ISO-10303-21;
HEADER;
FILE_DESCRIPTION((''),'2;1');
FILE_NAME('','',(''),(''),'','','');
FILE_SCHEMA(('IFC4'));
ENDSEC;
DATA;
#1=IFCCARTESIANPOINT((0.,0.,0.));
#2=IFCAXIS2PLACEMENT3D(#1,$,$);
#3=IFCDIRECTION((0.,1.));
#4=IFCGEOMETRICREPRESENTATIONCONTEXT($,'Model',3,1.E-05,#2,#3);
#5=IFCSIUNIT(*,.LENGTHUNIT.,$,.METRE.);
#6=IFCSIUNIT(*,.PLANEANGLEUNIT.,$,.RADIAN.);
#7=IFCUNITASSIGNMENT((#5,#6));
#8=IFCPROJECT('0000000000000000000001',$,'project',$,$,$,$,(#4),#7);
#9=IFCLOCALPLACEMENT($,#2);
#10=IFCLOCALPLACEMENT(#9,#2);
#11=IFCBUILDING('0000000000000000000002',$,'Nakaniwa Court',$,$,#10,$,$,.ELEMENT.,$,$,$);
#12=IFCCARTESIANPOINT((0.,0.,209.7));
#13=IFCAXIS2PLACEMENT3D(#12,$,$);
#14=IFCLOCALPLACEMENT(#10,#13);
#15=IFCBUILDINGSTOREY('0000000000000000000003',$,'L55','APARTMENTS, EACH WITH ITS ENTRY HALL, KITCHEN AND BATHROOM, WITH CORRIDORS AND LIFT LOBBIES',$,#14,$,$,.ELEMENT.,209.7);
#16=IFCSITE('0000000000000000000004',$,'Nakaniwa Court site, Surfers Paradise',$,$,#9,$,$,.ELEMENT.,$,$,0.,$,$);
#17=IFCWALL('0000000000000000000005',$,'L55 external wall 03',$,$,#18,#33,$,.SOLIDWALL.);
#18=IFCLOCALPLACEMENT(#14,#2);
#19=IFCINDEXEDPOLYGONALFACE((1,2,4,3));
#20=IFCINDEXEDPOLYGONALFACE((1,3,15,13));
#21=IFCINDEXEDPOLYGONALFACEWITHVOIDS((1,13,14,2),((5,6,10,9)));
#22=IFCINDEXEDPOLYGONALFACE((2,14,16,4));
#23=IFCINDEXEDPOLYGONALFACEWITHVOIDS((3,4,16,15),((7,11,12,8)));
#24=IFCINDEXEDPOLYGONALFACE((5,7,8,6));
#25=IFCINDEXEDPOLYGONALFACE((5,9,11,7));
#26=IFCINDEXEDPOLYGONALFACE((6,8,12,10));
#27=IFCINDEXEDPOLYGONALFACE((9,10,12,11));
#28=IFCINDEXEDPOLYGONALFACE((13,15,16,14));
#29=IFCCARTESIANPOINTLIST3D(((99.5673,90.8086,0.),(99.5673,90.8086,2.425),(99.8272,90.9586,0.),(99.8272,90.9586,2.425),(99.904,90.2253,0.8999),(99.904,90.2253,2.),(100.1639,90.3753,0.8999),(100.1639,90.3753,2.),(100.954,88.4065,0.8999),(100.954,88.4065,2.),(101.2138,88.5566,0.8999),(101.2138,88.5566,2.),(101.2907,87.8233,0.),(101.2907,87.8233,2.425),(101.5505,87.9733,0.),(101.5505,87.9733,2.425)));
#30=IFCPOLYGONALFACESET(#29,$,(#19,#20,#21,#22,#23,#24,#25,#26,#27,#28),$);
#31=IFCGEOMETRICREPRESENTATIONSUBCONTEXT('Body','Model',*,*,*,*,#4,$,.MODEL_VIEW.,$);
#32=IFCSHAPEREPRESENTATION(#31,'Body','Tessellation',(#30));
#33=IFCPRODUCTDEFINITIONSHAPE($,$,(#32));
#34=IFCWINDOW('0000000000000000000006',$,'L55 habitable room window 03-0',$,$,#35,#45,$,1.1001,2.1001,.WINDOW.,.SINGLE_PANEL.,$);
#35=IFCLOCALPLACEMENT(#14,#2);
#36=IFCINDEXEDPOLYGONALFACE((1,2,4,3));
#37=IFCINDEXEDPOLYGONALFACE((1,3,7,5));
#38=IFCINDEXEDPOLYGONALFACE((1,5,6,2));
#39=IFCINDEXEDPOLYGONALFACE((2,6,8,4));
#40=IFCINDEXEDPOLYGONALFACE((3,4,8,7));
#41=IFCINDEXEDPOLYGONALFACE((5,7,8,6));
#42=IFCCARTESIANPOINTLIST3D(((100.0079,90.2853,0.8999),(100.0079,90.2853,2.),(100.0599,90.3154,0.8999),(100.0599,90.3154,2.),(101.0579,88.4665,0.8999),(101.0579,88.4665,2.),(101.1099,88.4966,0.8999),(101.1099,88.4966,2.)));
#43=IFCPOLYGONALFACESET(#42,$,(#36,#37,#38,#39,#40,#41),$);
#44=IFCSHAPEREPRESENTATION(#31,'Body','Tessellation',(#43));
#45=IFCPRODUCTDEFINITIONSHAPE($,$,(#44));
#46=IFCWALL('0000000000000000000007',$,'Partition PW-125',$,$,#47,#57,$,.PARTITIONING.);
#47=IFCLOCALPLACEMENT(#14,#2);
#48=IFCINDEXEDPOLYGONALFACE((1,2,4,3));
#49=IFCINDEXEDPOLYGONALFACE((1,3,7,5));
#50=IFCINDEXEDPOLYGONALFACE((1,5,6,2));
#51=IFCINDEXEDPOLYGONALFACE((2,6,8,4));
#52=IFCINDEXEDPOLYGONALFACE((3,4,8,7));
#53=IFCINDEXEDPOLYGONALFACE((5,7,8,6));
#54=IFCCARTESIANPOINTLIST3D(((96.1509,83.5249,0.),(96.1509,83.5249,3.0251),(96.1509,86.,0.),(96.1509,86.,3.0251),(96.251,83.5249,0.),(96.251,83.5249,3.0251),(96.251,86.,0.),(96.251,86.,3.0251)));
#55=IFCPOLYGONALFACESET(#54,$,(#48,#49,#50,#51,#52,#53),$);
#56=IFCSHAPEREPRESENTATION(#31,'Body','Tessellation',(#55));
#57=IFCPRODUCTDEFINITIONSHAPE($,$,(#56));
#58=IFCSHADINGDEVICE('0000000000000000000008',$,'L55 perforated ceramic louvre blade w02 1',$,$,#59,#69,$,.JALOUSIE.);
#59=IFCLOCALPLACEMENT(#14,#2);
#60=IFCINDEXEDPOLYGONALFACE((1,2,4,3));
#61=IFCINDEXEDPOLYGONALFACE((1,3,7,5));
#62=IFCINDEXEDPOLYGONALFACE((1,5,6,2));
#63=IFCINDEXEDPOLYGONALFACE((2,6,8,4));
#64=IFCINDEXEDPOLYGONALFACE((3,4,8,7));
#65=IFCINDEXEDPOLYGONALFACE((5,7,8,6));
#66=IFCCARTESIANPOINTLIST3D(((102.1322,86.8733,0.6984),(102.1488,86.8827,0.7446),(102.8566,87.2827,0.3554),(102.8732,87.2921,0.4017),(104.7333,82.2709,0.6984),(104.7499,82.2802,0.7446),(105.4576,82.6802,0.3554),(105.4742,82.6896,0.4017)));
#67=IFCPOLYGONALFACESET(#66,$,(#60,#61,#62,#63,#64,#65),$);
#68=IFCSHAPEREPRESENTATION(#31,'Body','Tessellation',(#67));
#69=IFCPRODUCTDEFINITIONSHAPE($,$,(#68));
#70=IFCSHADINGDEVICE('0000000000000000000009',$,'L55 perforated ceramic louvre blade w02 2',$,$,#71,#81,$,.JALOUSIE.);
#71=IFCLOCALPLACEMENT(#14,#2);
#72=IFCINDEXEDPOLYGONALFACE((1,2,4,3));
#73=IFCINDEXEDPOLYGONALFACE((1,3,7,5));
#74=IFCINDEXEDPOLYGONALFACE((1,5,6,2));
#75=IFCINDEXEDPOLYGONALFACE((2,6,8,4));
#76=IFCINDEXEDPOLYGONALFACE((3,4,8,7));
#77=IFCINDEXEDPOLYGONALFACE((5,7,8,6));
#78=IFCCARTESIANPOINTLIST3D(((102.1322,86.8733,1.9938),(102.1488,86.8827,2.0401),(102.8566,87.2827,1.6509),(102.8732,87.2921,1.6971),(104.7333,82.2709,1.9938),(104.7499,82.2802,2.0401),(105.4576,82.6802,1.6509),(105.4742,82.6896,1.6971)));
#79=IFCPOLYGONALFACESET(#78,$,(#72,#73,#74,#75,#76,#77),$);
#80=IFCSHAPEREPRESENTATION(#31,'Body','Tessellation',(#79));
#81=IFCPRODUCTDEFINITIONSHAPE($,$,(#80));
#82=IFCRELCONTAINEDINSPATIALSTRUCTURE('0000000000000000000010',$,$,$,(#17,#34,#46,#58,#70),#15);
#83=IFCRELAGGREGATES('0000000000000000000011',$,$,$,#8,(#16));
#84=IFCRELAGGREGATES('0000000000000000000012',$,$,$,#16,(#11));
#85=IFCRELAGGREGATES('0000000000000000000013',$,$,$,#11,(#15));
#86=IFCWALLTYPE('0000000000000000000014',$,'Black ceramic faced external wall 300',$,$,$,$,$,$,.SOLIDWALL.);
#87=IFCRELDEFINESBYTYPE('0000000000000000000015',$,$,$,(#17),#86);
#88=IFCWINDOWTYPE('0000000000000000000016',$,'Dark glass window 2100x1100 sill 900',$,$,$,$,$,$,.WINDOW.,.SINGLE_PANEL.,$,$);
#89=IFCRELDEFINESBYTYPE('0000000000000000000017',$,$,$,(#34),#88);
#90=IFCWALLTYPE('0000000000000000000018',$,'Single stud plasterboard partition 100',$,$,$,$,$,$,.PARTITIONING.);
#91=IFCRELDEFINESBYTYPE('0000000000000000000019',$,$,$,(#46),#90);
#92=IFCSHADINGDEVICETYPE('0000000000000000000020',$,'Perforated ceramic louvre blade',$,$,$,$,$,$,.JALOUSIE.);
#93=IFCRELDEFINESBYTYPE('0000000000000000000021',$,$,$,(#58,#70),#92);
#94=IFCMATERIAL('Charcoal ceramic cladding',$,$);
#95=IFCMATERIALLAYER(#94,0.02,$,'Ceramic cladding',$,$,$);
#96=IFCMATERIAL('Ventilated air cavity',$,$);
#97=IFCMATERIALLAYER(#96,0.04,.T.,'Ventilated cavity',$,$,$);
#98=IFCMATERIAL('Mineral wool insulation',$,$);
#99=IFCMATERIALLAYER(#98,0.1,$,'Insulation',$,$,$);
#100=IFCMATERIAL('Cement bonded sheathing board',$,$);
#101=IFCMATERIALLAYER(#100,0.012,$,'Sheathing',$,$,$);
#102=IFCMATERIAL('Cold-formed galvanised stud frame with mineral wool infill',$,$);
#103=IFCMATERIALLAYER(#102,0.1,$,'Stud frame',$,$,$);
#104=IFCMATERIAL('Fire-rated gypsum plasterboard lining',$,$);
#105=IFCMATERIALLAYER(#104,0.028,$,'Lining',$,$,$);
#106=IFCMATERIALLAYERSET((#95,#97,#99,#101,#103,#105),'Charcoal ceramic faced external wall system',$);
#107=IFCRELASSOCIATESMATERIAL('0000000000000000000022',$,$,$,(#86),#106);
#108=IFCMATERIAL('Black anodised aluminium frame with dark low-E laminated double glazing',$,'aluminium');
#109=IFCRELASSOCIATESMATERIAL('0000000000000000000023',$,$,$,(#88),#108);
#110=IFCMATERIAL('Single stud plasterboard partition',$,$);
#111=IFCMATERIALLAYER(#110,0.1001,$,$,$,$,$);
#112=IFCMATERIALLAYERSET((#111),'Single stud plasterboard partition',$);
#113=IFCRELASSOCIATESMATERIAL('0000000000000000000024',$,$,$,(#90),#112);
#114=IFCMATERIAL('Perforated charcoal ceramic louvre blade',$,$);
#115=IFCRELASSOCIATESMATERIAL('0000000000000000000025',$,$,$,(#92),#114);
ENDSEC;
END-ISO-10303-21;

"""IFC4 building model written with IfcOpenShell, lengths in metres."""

from ifc_helpers import new_model, si_unit, direction, frame, frame_2d, origin, origin_2d, place, context, subcontext, project, spatial, rectangle, extrude, material, layer, layer_set, material_profile, profile_set, type_object, element, fill, save


model = new_model("IFC4")

# Units and contexts
model_context = context("Model", 3, precision=1e-05, world=origin(), true_north=direction((0.0, 1.0)))
body_context = subcontext(model_context, "Body", "Model", "MODEL_VIEW")
ifc_project = project(units=[si_unit("LENGTHUNIT", "METRE"), si_unit("PLANEANGLEUNIT", "RADIAN")], contexts=[model_context])

# Site, building, storey
site_placement = place(None, origin())
site = spatial("IfcSite", under=ifc_project, at=site_placement, Name="Nakaniwa Court site, Surfers Paradise", CompositionType="ELEMENT", RefElevation=0.0)
building_placement = place(site_placement, origin())
building = spatial("IfcBuilding", under=site, at=building_placement, Name="Nakaniwa Court", CompositionType="ELEMENT")
storey_placement = place(building_placement, frame((0.0, 0.0, 209.7)))
storey = spatial("IfcBuildingStorey", under=building, at=storey_placement, Name="L55", Description="APARTMENTS, EACH WITH ITS ENTRY HALL, KITCHEN AND BATHROOM, WITH CORRIDORS AND LIFT LOBBIES", CompositionType="ELEMENT", Elevation=209.7)

# Wall, opening, window
ifc_material_1 = material(Name="Charcoal ceramic cladding")
ifc_layer_1 = layer(ifc_material_1, 0.02, Name="Ceramic cladding")
ifc_material_2 = material(Name="Ventilated air cavity")
ifc_layer_2 = layer(ifc_material_2, 0.04, ventilated=True, Name="Ventilated cavity")
ifc_material_3 = material(Name="Mineral wool insulation")
ifc_layer_3 = layer(ifc_material_3, 0.1, Name="Insulation")
ifc_material_4 = material(Name="Cement bonded sheathing board")
ifc_layer_4 = layer(ifc_material_4, 0.012, Name="Sheathing")
ifc_material_5 = material(Name="Cold-formed galvanised stud frame with mineral wool infill")
ifc_layer_5 = layer(ifc_material_5, 0.1, Name="Stud frame")
ifc_material_6 = material(Name="Fire-rated gypsum plasterboard lining")
ifc_layer_6 = layer(ifc_material_6, 0.028, Name="Lining")
ifc_layer_set_1 = layer_set([ifc_layer_1, ifc_layer_2, ifc_layer_3, ifc_layer_4, ifc_layer_5, ifc_layer_6], Name="Charcoal ceramic faced external wall system")
wall_type_1 = type_object("IfcWallType", Name="Black ceramic faced external wall 300", PredefinedType="SOLIDWALL", material=ifc_layer_set_1)
ifc_material_7 = material(Name="Black anodised aluminium frame with dark low-E laminated double glazing", Category="aluminium")
window_type_1 = type_object("IfcWindowType", Name="Dark glass window 2100x1100 sill 900", PartitioningType="SINGLE_PANEL", PredefinedType="WINDOW", material=ifc_material_7)
wall_1_placement = place(storey_placement, frame((101.4207, 87.8982, 0.0), z_axis=(0.0, 0.0, 1.0), x_axis=(-0.499955, 0.866051, 0.0)))
wall_1 = element("IfcWall", 1, at=wall_1_placement, inside=storey, type_object=wall_type_1, Name="L55 external wall 03", PredefinedType="SOLIDWALL", context=body_context, shape_type="SweptSolid", body=[
    extrude(rectangle(XDim=3.447, YDim=0.3, at=frame_2d((1.7236, 0.0))), origin(), (0.0, 0.0, 1.0), 2.425),
])
opening_1_placement = place(wall_1_placement, frame((0.6736, 0.0, 0.8999)))
opening_1 = element("IfcOpeningElement", 2, at=opening_1_placement, cuts=wall_1, PredefinedType="OPENING", context=body_context, shape_type="SweptSolid", body=[
    extrude(rectangle(XDim=2.1001, YDim=1.1001, at=frame_2d((1.05, 0.55))), frame((0.0, 0.1599, 0.0), z_axis=(0.0, -1.0, 0.0), x_axis=(1.0, 0.0, 0.0)), (0.0, 0.0, 1.0), 0.3201),
])
window_1_placement = place(opening_1_placement, origin())
window_1 = element("IfcWindow", 3, at=window_1_placement, inside=storey, type_object=window_type_1, Name="L55 habitable room window 03-0", OverallHeight=1.1001, OverallWidth=2.1001, PartitioningType="SINGLE_PANEL", PredefinedType="WINDOW", context=body_context, shape_type="SweptSolid", body=[
    extrude(rectangle(XDim=2.1001, YDim=1.1001, at=frame_2d((1.05, 0.55))), frame((0.0, 0.03, 0.0), z_axis=(0.0, -1.0, 0.0), x_axis=(1.0, 0.0, 0.0)), (0.0, 0.0, 1.0), 0.0601),
])
fill(opening_1, window_1)

# Wall
ifc_material_8 = material(Name="Single stud plasterboard partition")
ifc_layer_7 = layer(ifc_material_8, 0.1001)
ifc_layer_set_2 = layer_set([ifc_layer_7], Name="Single stud plasterboard partition")
wall_type_2 = type_object("IfcWallType", Name="Single stud plasterboard partition 100", PredefinedType="PARTITIONING", material=ifc_layer_set_2)
wall_2_placement = place(storey_placement, frame((96.2009, 83.5249, 0.0), z_axis=(0.0, 0.0, 1.0), x_axis=(0.0, 1.0, 0.0)))
element("IfcWall", 4, at=wall_2_placement, inside=storey, type_object=wall_type_2, Name="Partition PW-125", PredefinedType="PARTITIONING", context=body_context, shape_type="SweptSolid", body=[
    extrude(rectangle(XDim=2.4751, YDim=0.1001, at=frame_2d((1.2375, 0.0))), origin(), (0.0, 0.0, 1.0), 3.0251),
])

# Shading devices
ifc_material_9 = material(Name="Perforated charcoal ceramic louvre blade")
ifc_material_profile_1 = material_profile(ifc_material_9, rectangle(XDim=0.8999, YDim=0.05, at=origin_2d()), Name="Perforated ceramic louvre blade")
ifc_profile_set_1 = profile_set([ifc_material_profile_1], Name="Perforated charcoal ceramic louvre blade")
shading_device_type = type_object("IfcShadingDeviceType", Name="Perforated ceramic louvre blade", PredefinedType="JALOUSIE", material=ifc_profile_set_1)
for number, where, z_axis, x_axis, name in (
    (5, (105.1038, 82.4802, 0.55), (-0.492006, 0.870592, 0.0), (-0.804902, -0.454882, 0.38107), "L55 perforated ceramic louvre blade w02 1"),
    (6, (105.1038, 82.4802, 1.8455), (-0.492006, 0.870592, 0.0), (-0.804902, -0.454882, 0.38107), "L55 perforated ceramic louvre blade w02 2"),
):
    element("IfcShadingDevice", number, at=place(storey_placement, frame(where, z_axis=z_axis, x_axis=x_axis)), inside=storey, type_object=shading_device_type, Name=name, PredefinedType="JALOUSIE", context=body_context, shape_type="SweptSolid", body=[
        extrude(rectangle(XDim=0.8999, YDim=0.05, at=origin_2d()), origin(), (0.0, 0.0, 1.0), 5.2866),
    ])

save(model, "model.ifc")
